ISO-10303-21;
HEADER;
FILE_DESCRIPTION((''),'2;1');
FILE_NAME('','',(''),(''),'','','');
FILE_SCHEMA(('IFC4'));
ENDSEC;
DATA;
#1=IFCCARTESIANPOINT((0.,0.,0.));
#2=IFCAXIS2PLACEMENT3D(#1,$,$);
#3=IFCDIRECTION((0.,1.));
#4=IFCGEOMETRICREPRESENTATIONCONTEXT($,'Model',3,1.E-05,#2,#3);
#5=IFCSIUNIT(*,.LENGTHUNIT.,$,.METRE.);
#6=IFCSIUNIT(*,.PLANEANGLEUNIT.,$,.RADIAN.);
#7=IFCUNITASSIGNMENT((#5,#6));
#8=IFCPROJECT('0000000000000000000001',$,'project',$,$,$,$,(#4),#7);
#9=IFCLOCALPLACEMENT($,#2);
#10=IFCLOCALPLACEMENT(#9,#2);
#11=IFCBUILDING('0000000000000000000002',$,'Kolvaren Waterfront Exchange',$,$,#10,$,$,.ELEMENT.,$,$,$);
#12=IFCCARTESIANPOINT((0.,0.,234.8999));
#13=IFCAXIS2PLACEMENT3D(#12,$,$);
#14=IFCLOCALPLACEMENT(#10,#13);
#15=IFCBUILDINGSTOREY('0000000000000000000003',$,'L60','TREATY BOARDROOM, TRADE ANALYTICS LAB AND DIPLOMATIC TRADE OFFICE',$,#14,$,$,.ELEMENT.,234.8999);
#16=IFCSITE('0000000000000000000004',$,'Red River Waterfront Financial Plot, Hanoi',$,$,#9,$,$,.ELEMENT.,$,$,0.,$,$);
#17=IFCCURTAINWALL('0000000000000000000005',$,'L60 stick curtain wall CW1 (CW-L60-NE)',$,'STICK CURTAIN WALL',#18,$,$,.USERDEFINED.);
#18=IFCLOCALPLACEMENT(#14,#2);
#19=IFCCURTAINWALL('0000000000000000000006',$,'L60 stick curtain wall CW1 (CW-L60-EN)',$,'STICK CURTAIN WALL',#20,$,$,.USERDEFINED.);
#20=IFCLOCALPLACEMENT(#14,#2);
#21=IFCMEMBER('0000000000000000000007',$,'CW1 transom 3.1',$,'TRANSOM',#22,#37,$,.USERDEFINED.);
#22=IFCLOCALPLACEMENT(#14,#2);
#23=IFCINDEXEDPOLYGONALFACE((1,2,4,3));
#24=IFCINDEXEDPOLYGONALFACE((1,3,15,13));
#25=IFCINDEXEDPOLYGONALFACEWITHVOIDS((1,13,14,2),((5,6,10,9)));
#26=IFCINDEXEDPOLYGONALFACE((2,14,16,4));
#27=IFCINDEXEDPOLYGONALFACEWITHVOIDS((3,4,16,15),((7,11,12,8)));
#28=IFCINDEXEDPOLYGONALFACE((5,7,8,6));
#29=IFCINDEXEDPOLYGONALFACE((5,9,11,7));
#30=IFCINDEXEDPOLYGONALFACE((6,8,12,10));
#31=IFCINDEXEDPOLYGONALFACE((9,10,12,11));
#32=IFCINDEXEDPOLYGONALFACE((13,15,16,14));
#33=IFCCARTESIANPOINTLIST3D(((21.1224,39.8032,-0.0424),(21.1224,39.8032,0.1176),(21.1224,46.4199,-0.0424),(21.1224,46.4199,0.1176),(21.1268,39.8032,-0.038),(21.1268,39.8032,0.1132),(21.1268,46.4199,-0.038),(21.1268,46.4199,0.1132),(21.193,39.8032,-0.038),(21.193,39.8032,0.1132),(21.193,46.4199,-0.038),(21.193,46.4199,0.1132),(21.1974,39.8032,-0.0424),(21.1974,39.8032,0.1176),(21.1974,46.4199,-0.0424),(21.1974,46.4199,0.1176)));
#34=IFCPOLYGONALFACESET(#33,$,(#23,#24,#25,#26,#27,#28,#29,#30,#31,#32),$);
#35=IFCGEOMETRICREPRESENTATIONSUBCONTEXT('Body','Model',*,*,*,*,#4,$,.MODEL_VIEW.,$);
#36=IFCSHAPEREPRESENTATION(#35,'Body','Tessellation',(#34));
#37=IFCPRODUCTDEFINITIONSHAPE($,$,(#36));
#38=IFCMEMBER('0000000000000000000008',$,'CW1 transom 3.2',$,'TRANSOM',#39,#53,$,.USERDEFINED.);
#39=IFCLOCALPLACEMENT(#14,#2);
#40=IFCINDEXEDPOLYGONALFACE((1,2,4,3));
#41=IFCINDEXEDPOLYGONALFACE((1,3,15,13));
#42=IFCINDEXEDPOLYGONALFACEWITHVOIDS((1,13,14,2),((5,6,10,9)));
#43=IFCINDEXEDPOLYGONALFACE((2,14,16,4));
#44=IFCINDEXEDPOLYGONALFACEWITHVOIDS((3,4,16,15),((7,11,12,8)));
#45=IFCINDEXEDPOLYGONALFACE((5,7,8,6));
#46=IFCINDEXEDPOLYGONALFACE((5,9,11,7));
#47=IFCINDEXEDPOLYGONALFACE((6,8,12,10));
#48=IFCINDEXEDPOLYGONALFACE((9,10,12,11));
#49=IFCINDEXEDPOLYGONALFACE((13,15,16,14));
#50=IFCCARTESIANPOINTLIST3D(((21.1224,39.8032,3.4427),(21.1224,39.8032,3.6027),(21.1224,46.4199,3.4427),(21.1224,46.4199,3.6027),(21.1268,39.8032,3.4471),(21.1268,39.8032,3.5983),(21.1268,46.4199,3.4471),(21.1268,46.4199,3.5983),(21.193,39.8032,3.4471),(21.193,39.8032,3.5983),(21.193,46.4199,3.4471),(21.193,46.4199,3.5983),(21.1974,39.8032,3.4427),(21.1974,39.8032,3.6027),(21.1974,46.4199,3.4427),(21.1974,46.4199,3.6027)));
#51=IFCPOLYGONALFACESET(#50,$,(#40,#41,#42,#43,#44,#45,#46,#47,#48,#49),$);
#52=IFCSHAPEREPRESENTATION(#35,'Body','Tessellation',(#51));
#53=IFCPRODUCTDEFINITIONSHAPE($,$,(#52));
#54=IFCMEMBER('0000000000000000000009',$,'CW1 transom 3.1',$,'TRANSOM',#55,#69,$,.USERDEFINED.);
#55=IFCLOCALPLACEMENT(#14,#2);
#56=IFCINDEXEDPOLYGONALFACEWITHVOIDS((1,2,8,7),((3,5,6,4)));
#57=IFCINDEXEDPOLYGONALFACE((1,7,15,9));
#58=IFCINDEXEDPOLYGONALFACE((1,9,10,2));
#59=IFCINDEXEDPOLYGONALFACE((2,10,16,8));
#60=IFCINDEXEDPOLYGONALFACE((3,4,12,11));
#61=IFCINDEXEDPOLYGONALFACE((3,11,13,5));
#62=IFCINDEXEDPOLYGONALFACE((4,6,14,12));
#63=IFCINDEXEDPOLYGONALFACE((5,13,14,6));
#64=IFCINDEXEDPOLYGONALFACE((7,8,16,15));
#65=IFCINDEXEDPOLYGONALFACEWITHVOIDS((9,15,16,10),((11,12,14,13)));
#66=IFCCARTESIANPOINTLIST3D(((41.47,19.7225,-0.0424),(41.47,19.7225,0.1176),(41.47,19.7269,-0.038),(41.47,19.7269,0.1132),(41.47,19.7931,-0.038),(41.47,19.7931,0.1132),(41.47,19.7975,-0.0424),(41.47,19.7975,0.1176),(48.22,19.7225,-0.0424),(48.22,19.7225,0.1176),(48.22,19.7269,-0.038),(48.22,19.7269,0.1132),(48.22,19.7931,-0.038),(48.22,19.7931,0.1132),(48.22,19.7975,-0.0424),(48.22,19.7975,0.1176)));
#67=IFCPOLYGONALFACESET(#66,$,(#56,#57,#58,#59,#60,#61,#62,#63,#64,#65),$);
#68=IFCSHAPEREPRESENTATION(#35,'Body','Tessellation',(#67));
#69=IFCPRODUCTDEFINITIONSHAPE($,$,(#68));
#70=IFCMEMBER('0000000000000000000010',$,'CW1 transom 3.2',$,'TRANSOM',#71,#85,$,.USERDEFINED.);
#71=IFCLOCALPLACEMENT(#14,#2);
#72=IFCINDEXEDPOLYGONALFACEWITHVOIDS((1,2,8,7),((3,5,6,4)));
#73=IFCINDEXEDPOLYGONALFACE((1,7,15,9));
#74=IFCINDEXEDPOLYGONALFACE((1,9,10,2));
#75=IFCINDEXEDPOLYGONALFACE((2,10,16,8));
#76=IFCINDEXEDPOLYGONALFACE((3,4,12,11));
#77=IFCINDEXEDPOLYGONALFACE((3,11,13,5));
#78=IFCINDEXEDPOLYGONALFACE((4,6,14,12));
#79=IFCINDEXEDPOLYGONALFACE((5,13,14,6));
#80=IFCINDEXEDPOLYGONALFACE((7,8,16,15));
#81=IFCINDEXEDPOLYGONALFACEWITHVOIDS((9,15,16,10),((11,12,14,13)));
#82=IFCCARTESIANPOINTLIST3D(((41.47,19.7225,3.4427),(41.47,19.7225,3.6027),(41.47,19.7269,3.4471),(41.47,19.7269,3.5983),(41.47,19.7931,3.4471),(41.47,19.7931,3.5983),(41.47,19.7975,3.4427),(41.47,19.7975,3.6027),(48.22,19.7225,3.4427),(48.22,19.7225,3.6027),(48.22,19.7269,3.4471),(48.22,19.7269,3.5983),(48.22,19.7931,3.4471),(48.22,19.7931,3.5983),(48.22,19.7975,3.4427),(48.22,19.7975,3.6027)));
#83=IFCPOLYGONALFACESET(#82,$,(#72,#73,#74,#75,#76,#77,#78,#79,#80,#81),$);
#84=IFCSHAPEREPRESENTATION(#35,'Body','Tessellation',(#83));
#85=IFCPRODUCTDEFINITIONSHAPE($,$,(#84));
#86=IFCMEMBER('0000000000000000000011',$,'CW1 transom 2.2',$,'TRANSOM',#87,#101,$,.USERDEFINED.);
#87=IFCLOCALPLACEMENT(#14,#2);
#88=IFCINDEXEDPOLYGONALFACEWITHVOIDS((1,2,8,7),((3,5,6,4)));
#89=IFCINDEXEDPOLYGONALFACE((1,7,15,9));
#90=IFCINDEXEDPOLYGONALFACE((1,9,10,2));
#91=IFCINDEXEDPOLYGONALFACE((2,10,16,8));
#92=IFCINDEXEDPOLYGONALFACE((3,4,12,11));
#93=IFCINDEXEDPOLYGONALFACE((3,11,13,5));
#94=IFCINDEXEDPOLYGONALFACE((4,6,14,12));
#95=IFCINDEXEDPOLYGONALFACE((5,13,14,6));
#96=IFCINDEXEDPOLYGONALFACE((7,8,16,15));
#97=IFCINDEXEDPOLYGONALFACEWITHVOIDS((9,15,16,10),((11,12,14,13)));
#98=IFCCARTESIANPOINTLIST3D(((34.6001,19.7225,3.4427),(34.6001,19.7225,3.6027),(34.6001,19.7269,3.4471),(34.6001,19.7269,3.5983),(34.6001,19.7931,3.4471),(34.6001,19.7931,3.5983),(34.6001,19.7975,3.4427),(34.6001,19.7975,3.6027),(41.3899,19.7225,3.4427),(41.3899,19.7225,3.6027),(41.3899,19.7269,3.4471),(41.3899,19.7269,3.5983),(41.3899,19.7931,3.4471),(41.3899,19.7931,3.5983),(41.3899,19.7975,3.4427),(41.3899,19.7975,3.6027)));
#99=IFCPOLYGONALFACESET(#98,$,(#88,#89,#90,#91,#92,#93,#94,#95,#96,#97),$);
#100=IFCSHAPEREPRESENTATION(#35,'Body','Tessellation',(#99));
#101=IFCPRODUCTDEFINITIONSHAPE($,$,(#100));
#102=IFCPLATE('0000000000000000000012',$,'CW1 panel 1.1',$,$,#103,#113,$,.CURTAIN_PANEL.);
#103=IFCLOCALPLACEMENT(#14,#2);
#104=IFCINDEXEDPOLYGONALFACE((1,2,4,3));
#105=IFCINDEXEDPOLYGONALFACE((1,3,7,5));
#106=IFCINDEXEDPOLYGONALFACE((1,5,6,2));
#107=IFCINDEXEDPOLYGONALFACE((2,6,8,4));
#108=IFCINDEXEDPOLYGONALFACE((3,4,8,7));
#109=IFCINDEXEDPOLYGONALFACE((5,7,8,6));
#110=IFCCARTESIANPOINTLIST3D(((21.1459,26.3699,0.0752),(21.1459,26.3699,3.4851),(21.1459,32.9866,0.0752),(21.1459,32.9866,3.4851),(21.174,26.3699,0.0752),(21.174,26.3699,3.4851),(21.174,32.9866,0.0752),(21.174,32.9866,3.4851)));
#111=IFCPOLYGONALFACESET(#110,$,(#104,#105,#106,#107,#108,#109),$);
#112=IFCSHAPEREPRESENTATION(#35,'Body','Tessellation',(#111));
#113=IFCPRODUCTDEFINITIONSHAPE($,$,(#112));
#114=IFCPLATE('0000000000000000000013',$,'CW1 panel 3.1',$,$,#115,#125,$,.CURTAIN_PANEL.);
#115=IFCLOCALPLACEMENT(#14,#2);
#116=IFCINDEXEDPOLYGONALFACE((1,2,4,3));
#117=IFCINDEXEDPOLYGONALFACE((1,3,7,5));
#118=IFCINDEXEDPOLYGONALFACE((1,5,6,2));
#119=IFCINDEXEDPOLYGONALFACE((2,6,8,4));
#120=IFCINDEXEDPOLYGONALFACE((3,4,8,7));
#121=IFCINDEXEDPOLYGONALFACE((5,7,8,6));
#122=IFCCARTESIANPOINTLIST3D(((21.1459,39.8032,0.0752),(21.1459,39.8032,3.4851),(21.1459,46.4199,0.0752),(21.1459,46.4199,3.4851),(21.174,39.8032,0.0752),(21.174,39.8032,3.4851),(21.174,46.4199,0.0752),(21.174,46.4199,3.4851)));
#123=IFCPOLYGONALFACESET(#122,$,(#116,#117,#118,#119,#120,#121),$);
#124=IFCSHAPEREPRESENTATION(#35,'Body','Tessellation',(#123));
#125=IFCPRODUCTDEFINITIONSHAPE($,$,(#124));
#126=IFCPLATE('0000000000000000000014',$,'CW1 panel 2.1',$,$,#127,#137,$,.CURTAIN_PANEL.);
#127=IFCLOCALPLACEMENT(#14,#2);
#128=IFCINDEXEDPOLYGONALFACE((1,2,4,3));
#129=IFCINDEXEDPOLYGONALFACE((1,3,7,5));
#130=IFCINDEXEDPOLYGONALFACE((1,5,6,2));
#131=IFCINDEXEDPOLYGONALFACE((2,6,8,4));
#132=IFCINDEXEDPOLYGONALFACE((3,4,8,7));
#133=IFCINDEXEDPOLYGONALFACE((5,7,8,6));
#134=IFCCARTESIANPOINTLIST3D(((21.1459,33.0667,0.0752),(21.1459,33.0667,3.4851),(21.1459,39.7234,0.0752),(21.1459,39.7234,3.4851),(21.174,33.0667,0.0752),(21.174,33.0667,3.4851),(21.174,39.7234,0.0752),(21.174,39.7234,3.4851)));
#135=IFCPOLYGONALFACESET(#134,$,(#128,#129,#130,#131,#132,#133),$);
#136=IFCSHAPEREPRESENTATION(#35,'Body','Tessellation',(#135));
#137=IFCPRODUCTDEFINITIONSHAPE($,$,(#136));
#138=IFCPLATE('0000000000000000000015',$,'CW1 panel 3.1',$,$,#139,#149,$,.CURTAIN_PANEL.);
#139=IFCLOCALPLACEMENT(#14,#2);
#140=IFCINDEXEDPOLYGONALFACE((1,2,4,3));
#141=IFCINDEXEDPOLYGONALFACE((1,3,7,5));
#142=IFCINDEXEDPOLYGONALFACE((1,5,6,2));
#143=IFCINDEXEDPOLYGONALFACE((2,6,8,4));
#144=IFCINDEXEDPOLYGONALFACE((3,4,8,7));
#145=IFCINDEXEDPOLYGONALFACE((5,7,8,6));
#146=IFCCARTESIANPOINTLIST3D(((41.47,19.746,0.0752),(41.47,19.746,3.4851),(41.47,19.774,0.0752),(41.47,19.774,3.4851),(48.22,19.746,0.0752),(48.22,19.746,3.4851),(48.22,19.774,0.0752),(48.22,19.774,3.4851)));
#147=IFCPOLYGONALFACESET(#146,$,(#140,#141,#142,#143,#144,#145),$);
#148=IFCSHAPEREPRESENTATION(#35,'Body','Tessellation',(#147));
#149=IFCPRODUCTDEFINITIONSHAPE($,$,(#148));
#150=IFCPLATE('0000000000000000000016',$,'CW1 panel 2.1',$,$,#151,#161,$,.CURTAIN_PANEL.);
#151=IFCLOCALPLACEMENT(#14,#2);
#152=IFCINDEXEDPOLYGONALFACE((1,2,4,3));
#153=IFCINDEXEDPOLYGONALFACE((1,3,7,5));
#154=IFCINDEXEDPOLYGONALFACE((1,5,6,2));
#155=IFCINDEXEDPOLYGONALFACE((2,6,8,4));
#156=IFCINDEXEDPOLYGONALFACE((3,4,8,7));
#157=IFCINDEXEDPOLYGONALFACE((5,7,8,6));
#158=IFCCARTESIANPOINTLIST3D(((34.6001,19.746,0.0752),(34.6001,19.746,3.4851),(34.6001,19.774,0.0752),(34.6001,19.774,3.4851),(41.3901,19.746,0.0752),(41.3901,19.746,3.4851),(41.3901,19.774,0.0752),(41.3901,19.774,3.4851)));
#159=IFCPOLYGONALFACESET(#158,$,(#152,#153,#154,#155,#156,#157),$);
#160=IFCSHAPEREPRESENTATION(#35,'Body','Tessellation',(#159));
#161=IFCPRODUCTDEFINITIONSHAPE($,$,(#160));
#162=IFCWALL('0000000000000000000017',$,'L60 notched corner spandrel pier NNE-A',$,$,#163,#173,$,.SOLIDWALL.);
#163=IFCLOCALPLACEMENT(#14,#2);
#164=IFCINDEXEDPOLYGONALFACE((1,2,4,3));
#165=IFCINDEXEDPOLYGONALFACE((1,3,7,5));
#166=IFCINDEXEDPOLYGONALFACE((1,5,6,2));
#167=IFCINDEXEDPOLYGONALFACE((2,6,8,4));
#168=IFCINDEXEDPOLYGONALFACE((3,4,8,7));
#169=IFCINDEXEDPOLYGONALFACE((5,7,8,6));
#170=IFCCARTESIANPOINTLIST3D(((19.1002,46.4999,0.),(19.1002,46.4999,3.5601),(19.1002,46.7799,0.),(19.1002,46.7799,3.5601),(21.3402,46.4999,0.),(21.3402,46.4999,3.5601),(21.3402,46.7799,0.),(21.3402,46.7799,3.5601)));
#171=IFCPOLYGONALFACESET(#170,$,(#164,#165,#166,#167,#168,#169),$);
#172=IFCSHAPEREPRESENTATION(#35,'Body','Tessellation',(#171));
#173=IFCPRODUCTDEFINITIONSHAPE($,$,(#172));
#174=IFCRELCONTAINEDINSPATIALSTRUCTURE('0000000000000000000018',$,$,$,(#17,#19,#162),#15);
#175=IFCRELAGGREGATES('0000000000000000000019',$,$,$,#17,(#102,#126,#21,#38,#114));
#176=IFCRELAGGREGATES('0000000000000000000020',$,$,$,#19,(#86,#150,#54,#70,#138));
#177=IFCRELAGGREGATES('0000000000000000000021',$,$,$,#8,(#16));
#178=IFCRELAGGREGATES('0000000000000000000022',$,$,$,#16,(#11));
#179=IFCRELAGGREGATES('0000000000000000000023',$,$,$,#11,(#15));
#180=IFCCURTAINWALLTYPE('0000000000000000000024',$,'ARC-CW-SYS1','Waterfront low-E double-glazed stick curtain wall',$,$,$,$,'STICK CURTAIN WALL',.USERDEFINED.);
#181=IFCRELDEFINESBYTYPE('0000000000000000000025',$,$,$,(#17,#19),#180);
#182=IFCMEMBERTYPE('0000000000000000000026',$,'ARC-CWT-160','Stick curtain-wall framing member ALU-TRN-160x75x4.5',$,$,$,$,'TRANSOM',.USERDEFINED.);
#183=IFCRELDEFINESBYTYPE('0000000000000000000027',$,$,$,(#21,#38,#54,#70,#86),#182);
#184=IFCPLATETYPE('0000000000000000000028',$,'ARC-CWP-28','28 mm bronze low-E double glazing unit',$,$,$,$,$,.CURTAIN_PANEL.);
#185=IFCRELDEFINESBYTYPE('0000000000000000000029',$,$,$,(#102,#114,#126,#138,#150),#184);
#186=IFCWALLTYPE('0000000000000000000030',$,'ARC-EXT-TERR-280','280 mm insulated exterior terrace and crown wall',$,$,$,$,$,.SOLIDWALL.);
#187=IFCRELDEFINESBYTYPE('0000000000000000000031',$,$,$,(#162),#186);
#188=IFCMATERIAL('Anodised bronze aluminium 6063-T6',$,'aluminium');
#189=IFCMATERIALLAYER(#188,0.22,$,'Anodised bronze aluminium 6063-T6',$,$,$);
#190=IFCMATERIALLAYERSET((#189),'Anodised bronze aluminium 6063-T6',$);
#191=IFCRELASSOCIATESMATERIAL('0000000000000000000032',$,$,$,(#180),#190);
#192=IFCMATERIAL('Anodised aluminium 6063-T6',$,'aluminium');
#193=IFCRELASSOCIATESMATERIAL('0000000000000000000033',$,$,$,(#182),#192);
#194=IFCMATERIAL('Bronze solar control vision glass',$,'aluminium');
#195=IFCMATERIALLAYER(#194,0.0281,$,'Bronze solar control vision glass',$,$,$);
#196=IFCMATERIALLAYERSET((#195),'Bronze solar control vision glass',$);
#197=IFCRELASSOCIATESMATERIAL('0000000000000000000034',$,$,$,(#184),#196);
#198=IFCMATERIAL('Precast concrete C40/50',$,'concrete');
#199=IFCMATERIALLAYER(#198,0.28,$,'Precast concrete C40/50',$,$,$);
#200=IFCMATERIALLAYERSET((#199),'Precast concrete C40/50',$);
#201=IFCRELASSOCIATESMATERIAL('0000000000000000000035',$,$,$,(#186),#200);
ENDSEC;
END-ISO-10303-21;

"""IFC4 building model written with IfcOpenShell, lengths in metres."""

from ifc_helpers import new_model, si_unit, direction, frame, frame_2d, origin, origin_with_axes, origin_2d, place, context, subcontext, project, spatial, rectangle, hollow_rectangle, extrude, source, transform, mapped, material, layer, layer_set, material_profile, profile_set, type_object, element, aggregate, save


model = new_model("IFC4")

# Units and contexts
model_context = context("Model", 3, precision=1e-05, world=origin(), true_north=direction((0.0, 1.0)))
body_context = subcontext(model_context, "Body", "Model", "MODEL_VIEW")
ifc_project = project(units=[si_unit("LENGTHUNIT", "METRE"), si_unit("PLANEANGLEUNIT", "RADIAN")], contexts=[model_context])

# Site, building, storey
site_placement = place(None, origin())
site = spatial("IfcSite", under=ifc_project, at=site_placement, Name="Red River Waterfront Financial Plot, Hanoi", CompositionType="ELEMENT", RefElevation=0.0)
building_placement = place(site_placement, origin())
building = spatial("IfcBuilding", under=site, at=building_placement, Name="Kolvaren Waterfront Exchange", CompositionType="ELEMENT")
storey_placement = place(building_placement, frame((0.0, 0.0, 234.8999)))
storey = spatial("IfcBuildingStorey", under=building, at=storey_placement, Name="L60", Description="TREATY BOARDROOM, TRADE ANALYTICS LAB AND DIPLOMATIC TRADE OFFICE", CompositionType="ELEMENT", Elevation=234.8999)

# Curtain walls
ifc_material_1 = material(Name="Anodised bronze aluminium 6063-T6", Category="aluminium")
ifc_layer_1 = layer(ifc_material_1, 0.22, Name="Anodised bronze aluminium 6063-T6")
ifc_layer_set_1 = layer_set([ifc_layer_1], Name="Anodised bronze aluminium 6063-T6")
curtain_wall_type = type_object("IfcCurtainWallType", Name="ARC-CW-SYS1", Description="Waterfront low-E double-glazed stick curtain wall", ElementType="STICK CURTAIN WALL", PredefinedType="USERDEFINED", material=ifc_layer_set_1)
curtain_wall_1_placement = place(storey_placement, origin())
curtain_wall_1 = element("IfcCurtainWall", 1, at=curtain_wall_1_placement, inside=storey, type_object=curtain_wall_type, Name="L60 stick curtain wall CW1 (CW-L60-NE)", ObjectType="STICK CURTAIN WALL", PredefinedType="USERDEFINED")
ifc_material_2 = material(Name="Anodised aluminium 6063-T6", Category="aluminium")
curtain_wall_2_placement = place(storey_placement, origin())
curtain_wall_2 = element("IfcCurtainWall", 2, at=curtain_wall_2_placement, inside=storey, type_object=curtain_wall_type, Name="L60 stick curtain wall CW1 (CW-L60-EN)", ObjectType="STICK CURTAIN WALL", PredefinedType="USERDEFINED")

# Members
ifc_material_profile_1 = material_profile(ifc_material_2, hollow_rectangle(XDim=0.075, YDim=0.1599, WallThickness=0.0044, at=origin_2d()), Name="ALU-TRN-160x75x4.5")
ifc_profile_set_1 = profile_set([ifc_material_profile_1], Name="Anodised aluminium 6063-T6")
member_type_1 = type_object("IfcMemberType", Name="ARC-CWT-160", Description="Stick curtain-wall framing member ALU-TRN-160x75x4.5", ElementType="TRANSOM", PredefinedType="USERDEFINED", material=ifc_profile_set_1)
shared_shape_1 = source(origin_with_axes(), body_context, "Body", "SweptSolid", [
    extrude(hollow_rectangle(XDim=0.075, YDim=0.1599, WallThickness=0.0044, at=origin_2d()), origin(), (0.0, 0.0, 1.0), 6.6167),
])
member_1_placement = place(storey_placement, frame((21.1599, 39.8032, 0.0376), z_axis=(0.0, 1.0, 0.0), x_axis=(-1.0, 0.0, 0.0)))
member_1 = element("IfcMember", 3, at=member_1_placement, type_object=member_type_1, Name="CW1 transom 3.1", ObjectType="TRANSOM", PredefinedType="USERDEFINED", context=body_context, shape_type="MappedRepresentation", body=[
    mapped(shared_shape_1, transform((0.0, 0.0, 0.0), x_axis=(1.0, 0.0, 0.0), y_axis=(0.0, 1.0, 0.0), z_axis=(0.0, 0.0, 1.0), scale=1.0)),
])
member_2_placement = place(storey_placement, frame((21.1599, 39.8032, 3.5227), z_axis=(0.0, 1.0, 0.0), x_axis=(-1.0, 0.0, 0.0)))
member_2 = element("IfcMember", 4, at=member_2_placement, type_object=member_type_1, Name="CW1 transom 3.2", ObjectType="TRANSOM", PredefinedType="USERDEFINED", context=body_context, shape_type="MappedRepresentation", body=[
    mapped(shared_shape_1, transform((0.0, 0.0, 0.0), x_axis=(1.0, 0.0, 0.0), y_axis=(0.0, 1.0, 0.0), z_axis=(0.0, 0.0, 1.0), scale=1.0)),
])
shared_shape_2 = source(origin_with_axes(), body_context, "Body", "SweptSolid", [
    extrude(hollow_rectangle(XDim=0.075, YDim=0.1599, WallThickness=0.0044, at=origin_2d()), origin(), (0.0, 0.0, 1.0), 6.75),
])
member_3_placement = place(storey_placement, frame((41.47, 19.76, 0.0376), z_axis=(1.0, 0.0, 0.0), x_axis=(0.0, 1.0, 0.0)))
member_3 = element("IfcMember", 5, at=member_3_placement, type_object=member_type_1, Name="CW1 transom 3.1", ObjectType="TRANSOM", PredefinedType="USERDEFINED", context=body_context, shape_type="MappedRepresentation", body=[
    mapped(shared_shape_2, transform((0.0, 0.0, 0.0), x_axis=(1.0, 0.0, 0.0), y_axis=(0.0, 1.0, 0.0), z_axis=(0.0, 0.0, 1.0), scale=1.0)),
])
member_4_placement = place(storey_placement, frame((41.47, 19.76, 3.5227), z_axis=(1.0, 0.0, 0.0), x_axis=(0.0, 1.0, 0.0)))
member_4 = element("IfcMember", 6, at=member_4_placement, type_object=member_type_1, Name="CW1 transom 3.2", ObjectType="TRANSOM", PredefinedType="USERDEFINED", context=body_context, shape_type="MappedRepresentation", body=[
    mapped(shared_shape_2, transform((0.0, 0.0, 0.0), x_axis=(1.0, 0.0, 0.0), y_axis=(0.0, 1.0, 0.0), z_axis=(0.0, 0.0, 1.0), scale=1.0)),
])
shared_shape_3 = source(origin_with_axes(), body_context, "Body", "SweptSolid", [
    extrude(hollow_rectangle(XDim=0.075, YDim=0.1599, WallThickness=0.0044, at=origin_2d()), origin(), (0.0, 0.0, 1.0), 6.7898),
])
member_5_placement = place(storey_placement, frame((34.6001, 19.76, 3.5227), z_axis=(1.0, 0.0, 0.0), x_axis=(0.0, 1.0, 0.0)))
member_5 = element("IfcMember", 7, at=member_5_placement, type_object=member_type_1, Name="CW1 transom 2.2", ObjectType="TRANSOM", PredefinedType="USERDEFINED", context=body_context, shape_type="MappedRepresentation", body=[
    mapped(shared_shape_3, transform((0.0, 0.0, 0.0), x_axis=(1.0, 0.0, 0.0), y_axis=(0.0, 1.0, 0.0), z_axis=(0.0, 0.0, 1.0), scale=1.0)),
])

# Plates
ifc_material_3 = material(Name="Bronze solar control vision glass", Category="aluminium")
ifc_layer_2 = layer(ifc_material_3, 0.0281, Name="Bronze solar control vision glass")
ifc_layer_set_2 = layer_set([ifc_layer_2], Name="Bronze solar control vision glass")
plate_type = type_object("IfcPlateType", Name="ARC-CWP-28", Description="28 mm bronze low-E double glazing unit", PredefinedType="CURTAIN_PANEL", material=ifc_layer_set_2)
shared_shape_4 = source(origin_with_axes(), body_context, "Body", "SweptSolid", [
    extrude(rectangle(XDim=6.6167, YDim=0.0281, at=origin_2d()), origin(), (0.0, 0.0, 1.0), 3.4099),
])
plate_1_placement = place(storey_placement, frame((21.1599, 29.6782, 0.0752), z_axis=(0.0, 0.0, 1.0), x_axis=(0.0, 1.0, 0.0)))
plate_1 = element("IfcPlate", 8, at=plate_1_placement, type_object=plate_type, Name="CW1 panel 1.1", PredefinedType="CURTAIN_PANEL", context=body_context, shape_type="MappedRepresentation", body=[
    mapped(shared_shape_4, transform((0.0, 0.0, 0.0), x_axis=(1.0, 0.0, 0.0), y_axis=(0.0, 1.0, 0.0), z_axis=(0.0, 0.0, 1.0), scale=1.0)),
])
plate_2_placement = place(storey_placement, frame((21.1599, 43.1116, 0.0752), z_axis=(0.0, 0.0, 1.0), x_axis=(0.0, 1.0, 0.0)))
plate_2 = element("IfcPlate", 9, at=plate_2_placement, type_object=plate_type, Name="CW1 panel 3.1", PredefinedType="CURTAIN_PANEL", context=body_context, shape_type="MappedRepresentation", body=[
    mapped(shared_shape_4, transform((0.0, 0.0, 0.0), x_axis=(1.0, 0.0, 0.0), y_axis=(0.0, 1.0, 0.0), z_axis=(0.0, 0.0, 1.0), scale=1.0)),
])
shared_shape_5 = source(origin_with_axes(), body_context, "Body", "SweptSolid", [
    extrude(rectangle(XDim=6.6567, YDim=0.0281, at=origin_2d()), origin(), (0.0, 0.0, 1.0), 3.4099),
])
plate_3_placement = place(storey_placement, frame((21.1599, 36.395, 0.0752), z_axis=(0.0, 0.0, 1.0), x_axis=(0.0, 1.0, 0.0)))
plate_3 = element("IfcPlate", 10, at=plate_3_placement, type_object=plate_type, Name="CW1 panel 2.1", PredefinedType="CURTAIN_PANEL", context=body_context, shape_type="MappedRepresentation", body=[
    mapped(shared_shape_5, transform((0.0, 0.0, 0.0), x_axis=(1.0, 0.0, 0.0), y_axis=(0.0, 1.0, 0.0), z_axis=(0.0, 0.0, 1.0), scale=1.0)),
])
aggregate(curtain_wall_1, [plate_1, plate_3, member_1, member_2, plate_2])
shared_shape_6 = source(origin_with_axes(), body_context, "Body", "SweptSolid", [
    extrude(rectangle(XDim=6.75, YDim=0.0281, at=origin_2d()), origin(), (0.0, 0.0, 1.0), 3.4099),
])
plate_4_placement = place(storey_placement, frame((44.845, 19.76, 0.0752), z_axis=(0.0, 0.0, 1.0), x_axis=(1.0, 0.0, 0.0)))
plate_4 = element("IfcPlate", 11, at=plate_4_placement, type_object=plate_type, Name="CW1 panel 3.1", PredefinedType="CURTAIN_PANEL", context=body_context, shape_type="MappedRepresentation", body=[
    mapped(shared_shape_6, transform((0.0, 0.0, 0.0), x_axis=(1.0, 0.0, 0.0), y_axis=(0.0, 1.0, 0.0), z_axis=(0.0, 0.0, 1.0), scale=1.0)),
])
shared_shape_7 = source(origin_with_axes(), body_context, "Body", "SweptSolid", [
    extrude(rectangle(XDim=6.79, YDim=0.0281, at=origin_2d()), origin(), (0.0, 0.0, 1.0), 3.4099),
])
plate_5_placement = place(storey_placement, frame((37.9951, 19.76, 0.0752), z_axis=(0.0, 0.0, 1.0), x_axis=(1.0, 0.0, 0.0)))
plate_5 = element("IfcPlate", 12, at=plate_5_placement, type_object=plate_type, Name="CW1 panel 2.1", PredefinedType="CURTAIN_PANEL", context=body_context, shape_type="MappedRepresentation", body=[
    mapped(shared_shape_7, transform((0.0, 0.0, 0.0), x_axis=(1.0, 0.0, 0.0), y_axis=(0.0, 1.0, 0.0), z_axis=(0.0, 0.0, 1.0), scale=1.0)),
])
aggregate(curtain_wall_2, [member_5, plate_5, member_3, member_4, plate_4])

# Wall
ifc_material_4 = material(Name="Precast concrete C40/50", Category="concrete")
ifc_layer_3 = layer(ifc_material_4, 0.28, Name="Precast concrete C40/50")
ifc_layer_set_3 = layer_set([ifc_layer_3], Name="Precast concrete C40/50")
wall_type = type_object("IfcWallType", Name="ARC-EXT-TERR-280", Description="280 mm insulated exterior terrace and crown wall", PredefinedType="SOLIDWALL", material=ifc_layer_set_3)
wall_1_placement = place(storey_placement, frame((19.1001, 46.6399, 0.0), z_axis=(0.0, 0.0, 1.0), x_axis=(1.0, 0.0, 0.0)))
element("IfcWall", 13, at=wall_1_placement, inside=storey, type_object=wall_type, Name="L60 notched corner spandrel pier NNE-A", PredefinedType="SOLIDWALL", context=body_context, shape_type="SweptSolid", body=[
    extrude(rectangle(XDim=2.24, YDim=0.28, at=frame_2d((1.1201, 0.0))), origin(), (0.0, 0.0, 1.0), 3.5601),
])

save(model, "model.ifc")
